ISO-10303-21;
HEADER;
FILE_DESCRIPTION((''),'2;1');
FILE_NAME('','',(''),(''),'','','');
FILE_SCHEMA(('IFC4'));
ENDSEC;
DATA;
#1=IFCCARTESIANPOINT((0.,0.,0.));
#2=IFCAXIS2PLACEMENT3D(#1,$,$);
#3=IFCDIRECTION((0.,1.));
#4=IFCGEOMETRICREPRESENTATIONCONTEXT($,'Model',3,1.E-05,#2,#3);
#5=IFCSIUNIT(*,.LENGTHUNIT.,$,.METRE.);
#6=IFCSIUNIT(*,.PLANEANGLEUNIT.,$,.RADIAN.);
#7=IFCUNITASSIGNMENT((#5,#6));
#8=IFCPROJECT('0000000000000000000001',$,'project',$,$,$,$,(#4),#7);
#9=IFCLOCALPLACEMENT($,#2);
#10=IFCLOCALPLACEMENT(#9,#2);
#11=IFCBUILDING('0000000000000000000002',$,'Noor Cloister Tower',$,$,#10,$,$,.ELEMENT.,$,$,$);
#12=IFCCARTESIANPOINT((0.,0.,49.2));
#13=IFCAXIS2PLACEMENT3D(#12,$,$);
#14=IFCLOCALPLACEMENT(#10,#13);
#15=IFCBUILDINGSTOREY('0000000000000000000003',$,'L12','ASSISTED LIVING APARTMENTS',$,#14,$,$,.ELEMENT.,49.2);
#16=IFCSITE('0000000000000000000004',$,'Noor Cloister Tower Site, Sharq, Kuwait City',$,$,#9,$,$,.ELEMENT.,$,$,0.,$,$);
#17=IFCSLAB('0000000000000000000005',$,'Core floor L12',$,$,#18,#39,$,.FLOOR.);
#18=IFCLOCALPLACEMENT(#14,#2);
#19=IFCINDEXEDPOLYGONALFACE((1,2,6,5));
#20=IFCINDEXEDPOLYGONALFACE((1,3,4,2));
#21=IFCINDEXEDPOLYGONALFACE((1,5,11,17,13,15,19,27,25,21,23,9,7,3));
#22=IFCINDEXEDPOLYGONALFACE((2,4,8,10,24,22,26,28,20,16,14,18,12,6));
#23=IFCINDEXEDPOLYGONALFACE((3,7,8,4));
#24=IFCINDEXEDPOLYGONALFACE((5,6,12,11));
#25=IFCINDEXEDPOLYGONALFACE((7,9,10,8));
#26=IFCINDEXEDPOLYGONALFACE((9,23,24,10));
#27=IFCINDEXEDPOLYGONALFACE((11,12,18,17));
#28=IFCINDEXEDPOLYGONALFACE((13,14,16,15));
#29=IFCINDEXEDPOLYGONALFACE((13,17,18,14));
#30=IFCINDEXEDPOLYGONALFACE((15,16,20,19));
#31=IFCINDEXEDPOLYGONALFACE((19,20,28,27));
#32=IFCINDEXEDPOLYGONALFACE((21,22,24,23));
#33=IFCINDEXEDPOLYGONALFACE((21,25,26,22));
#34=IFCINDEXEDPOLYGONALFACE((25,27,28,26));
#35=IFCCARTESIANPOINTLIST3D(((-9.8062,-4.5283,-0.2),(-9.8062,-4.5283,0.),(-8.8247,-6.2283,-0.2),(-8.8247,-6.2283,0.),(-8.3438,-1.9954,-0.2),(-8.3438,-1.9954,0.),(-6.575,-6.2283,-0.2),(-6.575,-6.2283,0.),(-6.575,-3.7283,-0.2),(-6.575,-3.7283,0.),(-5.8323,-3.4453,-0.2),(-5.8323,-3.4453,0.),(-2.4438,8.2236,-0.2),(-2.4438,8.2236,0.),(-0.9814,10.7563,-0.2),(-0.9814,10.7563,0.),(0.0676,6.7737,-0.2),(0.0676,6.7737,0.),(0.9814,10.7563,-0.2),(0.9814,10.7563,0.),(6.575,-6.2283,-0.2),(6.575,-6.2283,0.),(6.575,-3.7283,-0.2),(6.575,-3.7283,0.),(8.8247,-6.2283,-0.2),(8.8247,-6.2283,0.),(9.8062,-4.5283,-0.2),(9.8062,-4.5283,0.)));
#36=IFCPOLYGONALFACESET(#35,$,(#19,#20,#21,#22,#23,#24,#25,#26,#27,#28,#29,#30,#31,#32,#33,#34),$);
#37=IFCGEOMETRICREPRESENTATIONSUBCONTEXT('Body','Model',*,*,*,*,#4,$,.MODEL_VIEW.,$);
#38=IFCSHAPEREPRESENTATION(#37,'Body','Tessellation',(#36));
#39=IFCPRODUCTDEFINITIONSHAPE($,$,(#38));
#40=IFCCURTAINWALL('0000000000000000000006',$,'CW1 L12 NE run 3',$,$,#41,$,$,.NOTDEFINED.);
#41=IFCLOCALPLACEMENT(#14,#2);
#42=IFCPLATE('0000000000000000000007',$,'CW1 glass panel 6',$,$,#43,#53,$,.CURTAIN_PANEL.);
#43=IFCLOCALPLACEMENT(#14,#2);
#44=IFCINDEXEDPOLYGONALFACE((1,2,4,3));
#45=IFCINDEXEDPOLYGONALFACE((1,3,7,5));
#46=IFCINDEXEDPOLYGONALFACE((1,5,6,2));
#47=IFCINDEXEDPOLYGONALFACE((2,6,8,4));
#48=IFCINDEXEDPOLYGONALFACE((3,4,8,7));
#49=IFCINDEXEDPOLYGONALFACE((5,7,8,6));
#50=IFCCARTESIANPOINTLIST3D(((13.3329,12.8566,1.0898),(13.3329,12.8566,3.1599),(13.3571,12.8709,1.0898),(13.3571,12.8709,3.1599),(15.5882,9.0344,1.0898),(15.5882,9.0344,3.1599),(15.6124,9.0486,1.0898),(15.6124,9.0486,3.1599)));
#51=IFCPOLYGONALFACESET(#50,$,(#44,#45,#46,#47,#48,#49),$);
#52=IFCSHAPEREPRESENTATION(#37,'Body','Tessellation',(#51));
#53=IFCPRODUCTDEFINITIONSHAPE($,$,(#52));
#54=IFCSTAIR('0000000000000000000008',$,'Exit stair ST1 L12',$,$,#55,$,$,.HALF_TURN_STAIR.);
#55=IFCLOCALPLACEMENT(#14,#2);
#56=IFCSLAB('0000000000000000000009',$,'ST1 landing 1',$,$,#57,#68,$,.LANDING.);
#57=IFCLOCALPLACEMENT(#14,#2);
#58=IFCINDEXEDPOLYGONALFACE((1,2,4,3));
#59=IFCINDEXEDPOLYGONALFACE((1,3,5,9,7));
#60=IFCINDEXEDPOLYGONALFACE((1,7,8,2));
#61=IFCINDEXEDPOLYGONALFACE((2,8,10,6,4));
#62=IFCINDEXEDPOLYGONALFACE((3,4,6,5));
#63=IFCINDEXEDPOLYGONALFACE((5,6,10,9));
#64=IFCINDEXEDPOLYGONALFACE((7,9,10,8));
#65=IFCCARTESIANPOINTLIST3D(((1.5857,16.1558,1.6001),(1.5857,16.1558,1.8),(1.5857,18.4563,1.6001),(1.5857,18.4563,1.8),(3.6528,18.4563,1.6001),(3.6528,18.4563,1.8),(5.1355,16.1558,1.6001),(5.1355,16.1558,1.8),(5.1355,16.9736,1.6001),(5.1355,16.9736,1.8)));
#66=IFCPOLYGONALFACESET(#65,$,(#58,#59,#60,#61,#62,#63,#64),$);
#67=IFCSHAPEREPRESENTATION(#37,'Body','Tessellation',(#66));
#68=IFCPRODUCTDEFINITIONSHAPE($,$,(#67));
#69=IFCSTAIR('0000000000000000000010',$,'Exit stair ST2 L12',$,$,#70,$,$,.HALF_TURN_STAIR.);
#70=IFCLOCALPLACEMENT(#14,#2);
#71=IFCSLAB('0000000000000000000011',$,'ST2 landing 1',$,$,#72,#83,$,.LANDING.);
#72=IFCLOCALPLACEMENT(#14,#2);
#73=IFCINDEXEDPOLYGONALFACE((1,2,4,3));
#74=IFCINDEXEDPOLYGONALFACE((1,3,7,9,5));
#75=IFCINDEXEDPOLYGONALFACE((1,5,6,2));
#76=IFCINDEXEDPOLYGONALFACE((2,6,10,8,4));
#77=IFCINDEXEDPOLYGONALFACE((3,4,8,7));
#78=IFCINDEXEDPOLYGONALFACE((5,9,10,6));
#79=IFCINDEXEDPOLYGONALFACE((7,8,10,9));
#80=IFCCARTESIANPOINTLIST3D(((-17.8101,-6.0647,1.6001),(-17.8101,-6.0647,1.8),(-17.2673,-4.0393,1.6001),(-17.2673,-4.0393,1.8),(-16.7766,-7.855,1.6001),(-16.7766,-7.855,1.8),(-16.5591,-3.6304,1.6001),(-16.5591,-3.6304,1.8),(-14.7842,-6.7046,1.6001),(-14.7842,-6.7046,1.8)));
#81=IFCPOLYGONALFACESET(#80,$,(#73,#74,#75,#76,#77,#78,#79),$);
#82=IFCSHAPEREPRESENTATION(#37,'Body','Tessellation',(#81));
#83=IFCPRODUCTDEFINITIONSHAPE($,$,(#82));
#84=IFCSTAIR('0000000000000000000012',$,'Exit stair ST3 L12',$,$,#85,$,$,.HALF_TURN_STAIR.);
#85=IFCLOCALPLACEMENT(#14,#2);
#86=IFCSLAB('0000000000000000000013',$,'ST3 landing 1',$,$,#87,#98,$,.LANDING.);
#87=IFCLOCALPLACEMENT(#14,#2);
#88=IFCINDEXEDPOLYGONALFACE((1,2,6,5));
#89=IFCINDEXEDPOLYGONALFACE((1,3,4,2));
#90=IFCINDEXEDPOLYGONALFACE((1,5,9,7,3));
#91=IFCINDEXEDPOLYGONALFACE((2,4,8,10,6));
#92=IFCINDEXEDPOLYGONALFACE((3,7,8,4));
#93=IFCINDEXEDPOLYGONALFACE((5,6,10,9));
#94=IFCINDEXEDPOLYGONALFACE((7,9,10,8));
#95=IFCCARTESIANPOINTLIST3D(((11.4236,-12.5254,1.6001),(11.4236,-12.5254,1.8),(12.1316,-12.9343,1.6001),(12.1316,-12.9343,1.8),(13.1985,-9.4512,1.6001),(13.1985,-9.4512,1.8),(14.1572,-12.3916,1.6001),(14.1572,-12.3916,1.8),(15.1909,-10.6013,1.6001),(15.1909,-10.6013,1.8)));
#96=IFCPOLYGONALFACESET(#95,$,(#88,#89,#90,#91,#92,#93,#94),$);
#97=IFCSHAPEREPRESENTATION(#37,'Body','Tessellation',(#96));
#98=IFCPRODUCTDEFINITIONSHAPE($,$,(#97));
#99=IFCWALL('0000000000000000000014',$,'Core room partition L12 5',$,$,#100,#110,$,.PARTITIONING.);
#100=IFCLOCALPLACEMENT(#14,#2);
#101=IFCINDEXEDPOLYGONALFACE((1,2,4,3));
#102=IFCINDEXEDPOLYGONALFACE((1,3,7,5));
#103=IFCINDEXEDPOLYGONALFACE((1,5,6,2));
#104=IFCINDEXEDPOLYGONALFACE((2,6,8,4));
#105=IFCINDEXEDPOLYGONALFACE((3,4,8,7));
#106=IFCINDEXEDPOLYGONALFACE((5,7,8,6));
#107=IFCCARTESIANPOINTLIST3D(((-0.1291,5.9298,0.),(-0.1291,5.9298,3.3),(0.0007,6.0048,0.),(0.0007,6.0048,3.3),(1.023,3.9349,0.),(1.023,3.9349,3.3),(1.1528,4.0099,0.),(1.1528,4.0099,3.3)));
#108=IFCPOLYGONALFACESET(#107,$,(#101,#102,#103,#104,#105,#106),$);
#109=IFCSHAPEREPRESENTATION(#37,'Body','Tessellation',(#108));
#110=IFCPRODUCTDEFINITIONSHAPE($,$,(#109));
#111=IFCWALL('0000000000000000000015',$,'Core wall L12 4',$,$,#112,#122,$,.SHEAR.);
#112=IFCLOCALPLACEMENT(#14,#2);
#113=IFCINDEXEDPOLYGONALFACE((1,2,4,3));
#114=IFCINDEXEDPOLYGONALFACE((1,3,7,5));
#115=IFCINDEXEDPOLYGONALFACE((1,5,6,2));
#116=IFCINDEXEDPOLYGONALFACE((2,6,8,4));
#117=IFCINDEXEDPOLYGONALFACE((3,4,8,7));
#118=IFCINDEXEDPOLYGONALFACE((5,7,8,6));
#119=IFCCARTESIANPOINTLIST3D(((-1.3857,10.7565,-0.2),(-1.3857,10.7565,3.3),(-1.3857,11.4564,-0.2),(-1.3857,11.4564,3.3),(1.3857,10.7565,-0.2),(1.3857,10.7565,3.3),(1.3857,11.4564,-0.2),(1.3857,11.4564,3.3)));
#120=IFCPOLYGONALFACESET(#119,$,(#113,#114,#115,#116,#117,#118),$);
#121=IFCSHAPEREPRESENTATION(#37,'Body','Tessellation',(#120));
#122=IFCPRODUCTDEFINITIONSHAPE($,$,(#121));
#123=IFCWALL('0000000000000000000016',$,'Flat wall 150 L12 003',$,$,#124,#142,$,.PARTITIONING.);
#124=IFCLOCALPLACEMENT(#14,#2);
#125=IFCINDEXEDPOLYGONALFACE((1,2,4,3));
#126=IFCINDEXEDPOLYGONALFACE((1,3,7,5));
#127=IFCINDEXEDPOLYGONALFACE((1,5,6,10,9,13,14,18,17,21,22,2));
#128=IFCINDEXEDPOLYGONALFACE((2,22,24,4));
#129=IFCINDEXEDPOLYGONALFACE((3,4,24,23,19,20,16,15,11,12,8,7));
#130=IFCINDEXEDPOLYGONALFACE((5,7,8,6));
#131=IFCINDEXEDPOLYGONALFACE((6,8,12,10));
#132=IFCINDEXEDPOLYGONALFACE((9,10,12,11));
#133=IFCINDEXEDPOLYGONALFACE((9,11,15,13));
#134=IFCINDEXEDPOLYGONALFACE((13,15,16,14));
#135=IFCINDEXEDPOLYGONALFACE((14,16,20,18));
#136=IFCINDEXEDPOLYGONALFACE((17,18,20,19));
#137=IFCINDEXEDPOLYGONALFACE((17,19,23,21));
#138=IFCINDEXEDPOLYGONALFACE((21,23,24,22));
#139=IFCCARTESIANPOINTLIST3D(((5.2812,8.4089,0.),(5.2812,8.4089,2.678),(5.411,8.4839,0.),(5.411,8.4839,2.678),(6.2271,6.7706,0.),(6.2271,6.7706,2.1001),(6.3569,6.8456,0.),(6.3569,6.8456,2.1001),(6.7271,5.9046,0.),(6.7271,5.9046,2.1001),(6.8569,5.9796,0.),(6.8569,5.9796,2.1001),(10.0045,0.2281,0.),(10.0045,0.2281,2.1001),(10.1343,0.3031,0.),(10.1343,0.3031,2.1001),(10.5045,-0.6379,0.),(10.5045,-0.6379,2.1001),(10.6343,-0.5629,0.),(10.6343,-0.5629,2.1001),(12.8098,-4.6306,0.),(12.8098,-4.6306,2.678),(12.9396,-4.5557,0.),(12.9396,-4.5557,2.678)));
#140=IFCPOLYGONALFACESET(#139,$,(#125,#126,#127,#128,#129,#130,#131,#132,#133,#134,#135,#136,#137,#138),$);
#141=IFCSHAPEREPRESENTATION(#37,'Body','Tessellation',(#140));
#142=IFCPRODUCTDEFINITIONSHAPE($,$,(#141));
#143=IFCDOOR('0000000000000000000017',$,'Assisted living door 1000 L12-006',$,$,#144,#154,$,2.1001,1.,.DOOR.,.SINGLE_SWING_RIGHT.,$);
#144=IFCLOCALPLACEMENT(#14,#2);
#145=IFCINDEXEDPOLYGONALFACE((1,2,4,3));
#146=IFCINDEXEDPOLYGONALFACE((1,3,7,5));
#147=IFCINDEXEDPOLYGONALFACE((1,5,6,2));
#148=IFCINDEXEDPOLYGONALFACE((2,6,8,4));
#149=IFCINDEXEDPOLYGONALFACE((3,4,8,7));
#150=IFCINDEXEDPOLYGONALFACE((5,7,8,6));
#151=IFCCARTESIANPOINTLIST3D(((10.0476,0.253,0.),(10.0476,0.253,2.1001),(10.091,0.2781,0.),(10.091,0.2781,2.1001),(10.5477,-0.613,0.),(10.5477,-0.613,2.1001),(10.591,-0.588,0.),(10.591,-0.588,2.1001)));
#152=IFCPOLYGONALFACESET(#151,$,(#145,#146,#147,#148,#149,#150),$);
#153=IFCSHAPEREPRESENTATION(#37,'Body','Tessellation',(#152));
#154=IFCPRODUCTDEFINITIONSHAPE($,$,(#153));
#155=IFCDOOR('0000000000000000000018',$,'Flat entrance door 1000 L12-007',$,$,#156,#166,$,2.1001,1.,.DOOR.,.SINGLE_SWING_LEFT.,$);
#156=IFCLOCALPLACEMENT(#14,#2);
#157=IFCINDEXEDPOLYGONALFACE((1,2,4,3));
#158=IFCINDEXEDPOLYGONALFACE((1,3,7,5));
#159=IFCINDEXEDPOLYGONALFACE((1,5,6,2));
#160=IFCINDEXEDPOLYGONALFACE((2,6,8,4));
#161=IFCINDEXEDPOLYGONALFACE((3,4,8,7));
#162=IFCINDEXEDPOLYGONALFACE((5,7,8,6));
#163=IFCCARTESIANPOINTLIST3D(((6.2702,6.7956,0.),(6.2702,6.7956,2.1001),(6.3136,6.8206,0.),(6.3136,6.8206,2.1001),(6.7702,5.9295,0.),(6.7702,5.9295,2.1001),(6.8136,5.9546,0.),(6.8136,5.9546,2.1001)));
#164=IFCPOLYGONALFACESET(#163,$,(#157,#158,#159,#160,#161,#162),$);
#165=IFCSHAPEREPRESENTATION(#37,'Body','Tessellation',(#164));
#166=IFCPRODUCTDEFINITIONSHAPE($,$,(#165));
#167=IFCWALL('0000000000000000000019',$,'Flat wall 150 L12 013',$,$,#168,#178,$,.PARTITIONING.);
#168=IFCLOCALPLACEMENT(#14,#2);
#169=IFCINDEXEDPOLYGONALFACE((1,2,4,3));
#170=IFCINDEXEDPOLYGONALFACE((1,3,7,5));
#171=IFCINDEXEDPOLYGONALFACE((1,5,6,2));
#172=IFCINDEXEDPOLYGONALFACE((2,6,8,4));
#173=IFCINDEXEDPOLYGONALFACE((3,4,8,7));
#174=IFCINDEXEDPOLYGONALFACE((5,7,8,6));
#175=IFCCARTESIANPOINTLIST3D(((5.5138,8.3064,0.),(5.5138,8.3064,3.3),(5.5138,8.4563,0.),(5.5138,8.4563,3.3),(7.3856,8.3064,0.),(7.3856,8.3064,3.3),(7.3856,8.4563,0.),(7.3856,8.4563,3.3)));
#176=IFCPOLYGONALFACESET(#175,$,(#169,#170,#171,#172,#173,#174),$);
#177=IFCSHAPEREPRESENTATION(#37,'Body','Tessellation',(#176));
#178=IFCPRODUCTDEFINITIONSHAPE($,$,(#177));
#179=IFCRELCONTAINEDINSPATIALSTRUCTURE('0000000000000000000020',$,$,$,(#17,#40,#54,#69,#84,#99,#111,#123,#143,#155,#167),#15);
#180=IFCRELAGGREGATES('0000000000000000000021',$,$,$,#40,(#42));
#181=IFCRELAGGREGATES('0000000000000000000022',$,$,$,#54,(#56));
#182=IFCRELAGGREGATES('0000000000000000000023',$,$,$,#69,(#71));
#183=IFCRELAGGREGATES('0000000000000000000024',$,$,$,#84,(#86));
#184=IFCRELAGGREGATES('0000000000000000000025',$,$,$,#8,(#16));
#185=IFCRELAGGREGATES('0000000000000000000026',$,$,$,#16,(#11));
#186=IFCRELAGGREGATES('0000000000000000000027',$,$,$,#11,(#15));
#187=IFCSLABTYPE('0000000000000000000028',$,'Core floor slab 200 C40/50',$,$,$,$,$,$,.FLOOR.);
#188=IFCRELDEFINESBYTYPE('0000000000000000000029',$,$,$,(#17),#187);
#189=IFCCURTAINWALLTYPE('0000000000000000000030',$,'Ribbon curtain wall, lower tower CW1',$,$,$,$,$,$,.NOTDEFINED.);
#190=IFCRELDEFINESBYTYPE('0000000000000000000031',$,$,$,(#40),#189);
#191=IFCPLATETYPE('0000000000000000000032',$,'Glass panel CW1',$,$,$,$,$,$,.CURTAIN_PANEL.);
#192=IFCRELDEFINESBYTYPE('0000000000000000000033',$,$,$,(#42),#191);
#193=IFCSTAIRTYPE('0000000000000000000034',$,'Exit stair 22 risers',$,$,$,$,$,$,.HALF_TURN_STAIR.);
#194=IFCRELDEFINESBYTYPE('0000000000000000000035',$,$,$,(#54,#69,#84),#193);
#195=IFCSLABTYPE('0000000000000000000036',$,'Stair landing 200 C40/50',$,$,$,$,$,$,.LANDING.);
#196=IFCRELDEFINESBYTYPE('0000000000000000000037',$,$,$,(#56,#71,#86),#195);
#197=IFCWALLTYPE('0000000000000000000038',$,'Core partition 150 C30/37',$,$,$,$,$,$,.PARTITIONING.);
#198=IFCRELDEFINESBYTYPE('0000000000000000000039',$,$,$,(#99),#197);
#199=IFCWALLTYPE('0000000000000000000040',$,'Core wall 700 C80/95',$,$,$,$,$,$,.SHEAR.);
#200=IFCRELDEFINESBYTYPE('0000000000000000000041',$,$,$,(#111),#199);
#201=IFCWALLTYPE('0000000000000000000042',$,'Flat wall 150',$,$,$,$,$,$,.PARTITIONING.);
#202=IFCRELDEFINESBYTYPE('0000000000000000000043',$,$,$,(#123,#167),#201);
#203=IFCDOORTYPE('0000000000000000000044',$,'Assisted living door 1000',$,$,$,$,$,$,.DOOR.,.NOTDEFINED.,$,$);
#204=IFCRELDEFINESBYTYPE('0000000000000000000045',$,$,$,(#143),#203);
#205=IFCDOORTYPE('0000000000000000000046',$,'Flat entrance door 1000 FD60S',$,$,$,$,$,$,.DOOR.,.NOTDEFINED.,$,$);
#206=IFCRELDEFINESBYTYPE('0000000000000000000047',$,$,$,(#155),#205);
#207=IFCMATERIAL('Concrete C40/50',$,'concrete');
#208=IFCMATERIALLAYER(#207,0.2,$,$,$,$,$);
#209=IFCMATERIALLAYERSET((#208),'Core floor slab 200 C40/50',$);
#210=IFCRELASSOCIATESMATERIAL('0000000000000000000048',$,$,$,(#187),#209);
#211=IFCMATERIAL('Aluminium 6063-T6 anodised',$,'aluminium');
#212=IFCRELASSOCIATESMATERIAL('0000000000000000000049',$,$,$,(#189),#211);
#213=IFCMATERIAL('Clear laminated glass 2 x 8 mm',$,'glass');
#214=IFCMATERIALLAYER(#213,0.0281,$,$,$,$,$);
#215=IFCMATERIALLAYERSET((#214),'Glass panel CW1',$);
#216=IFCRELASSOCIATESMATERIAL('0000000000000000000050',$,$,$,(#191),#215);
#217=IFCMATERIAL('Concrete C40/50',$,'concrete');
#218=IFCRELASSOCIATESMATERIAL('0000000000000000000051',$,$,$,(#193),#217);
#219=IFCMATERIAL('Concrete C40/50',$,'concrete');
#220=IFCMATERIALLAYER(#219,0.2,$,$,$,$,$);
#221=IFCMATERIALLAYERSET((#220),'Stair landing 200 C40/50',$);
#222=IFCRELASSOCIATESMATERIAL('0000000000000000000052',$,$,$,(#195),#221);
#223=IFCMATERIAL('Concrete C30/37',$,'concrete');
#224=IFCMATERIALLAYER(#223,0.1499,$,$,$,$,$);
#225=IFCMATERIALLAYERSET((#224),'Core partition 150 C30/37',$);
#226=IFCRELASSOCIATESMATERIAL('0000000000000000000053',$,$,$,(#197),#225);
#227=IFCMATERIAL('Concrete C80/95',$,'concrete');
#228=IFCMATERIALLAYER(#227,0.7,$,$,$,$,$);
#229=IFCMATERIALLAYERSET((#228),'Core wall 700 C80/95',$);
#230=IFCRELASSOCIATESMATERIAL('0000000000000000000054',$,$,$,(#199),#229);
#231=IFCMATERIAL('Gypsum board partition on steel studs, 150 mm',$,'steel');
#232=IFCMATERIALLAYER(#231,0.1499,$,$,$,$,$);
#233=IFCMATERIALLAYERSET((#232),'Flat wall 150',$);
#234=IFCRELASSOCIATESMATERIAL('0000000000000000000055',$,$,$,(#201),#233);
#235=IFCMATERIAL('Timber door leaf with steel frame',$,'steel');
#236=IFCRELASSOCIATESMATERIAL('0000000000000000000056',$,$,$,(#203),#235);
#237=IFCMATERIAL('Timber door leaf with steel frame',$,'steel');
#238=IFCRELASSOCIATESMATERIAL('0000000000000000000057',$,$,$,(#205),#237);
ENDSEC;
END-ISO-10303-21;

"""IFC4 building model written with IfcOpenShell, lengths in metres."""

from ifc_helpers import new_model, si_unit, direction, frame, frame_2d, origin, origin_2d, place, context, subcontext, project, spatial, polyline, rectangle, outline, extrude, material, layer, layer_set, type_object, element, fill, aggregate, save


model = new_model("IFC4")

# Units and contexts
model_context = context("Model", 3, precision=1e-05, world=origin(), true_north=direction((0.0, 1.0)))
body_context = subcontext(model_context, "Body", "Model", "MODEL_VIEW")
ifc_project = project(units=[si_unit("LENGTHUNIT", "METRE"), si_unit("PLANEANGLEUNIT", "RADIAN")], contexts=[model_context])

# Site, building, storey
site_placement = place(None, origin())
site = spatial("IfcSite", under=ifc_project, at=site_placement, Name="Noor Cloister Tower Site, Sharq, Kuwait City", CompositionType="ELEMENT", RefElevation=0.0)
building_placement = place(site_placement, origin())
building = spatial("IfcBuilding", under=site, at=building_placement, Name="Noor Cloister Tower", CompositionType="ELEMENT")
storey_placement = place(building_placement, frame((0.0, 0.0, 49.2)))
storey = spatial("IfcBuildingStorey", under=building, at=storey_placement, Name="L12", Description="ASSISTED LIVING APARTMENTS", CompositionType="ELEMENT", Elevation=49.2)

# Slab
ifc_material_1 = material(Name="Concrete C40/50", Category="concrete")
ifc_layer_1 = layer(ifc_material_1, 0.2)
ifc_layer_set_1 = layer_set([ifc_layer_1], Name="Core floor slab 200 C40/50")
slab_type_1 = type_object("IfcSlabType", Name="Core floor slab 200 C40/50", PredefinedType="FLOOR", material=ifc_layer_set_1)
slab_1_placement = place(storey_placement, frame((0.0, 0.0, -0.2)))
element("IfcSlab", 1, at=slab_1_placement, inside=storey, type_object=slab_type_1, Name="Core floor L12", PredefinedType="FLOOR", context=body_context, shape_type="SweptSolid", body=[
    extrude(outline(polyline([(-6.575, -6.2283), (-6.575, -3.7283), (6.575, -3.7283), (6.575, -6.2283), (8.8247, -6.2283), (9.8062, -4.5283), (0.9814, 10.7563), (-0.9814, 10.7563), (-2.4438, 8.2236), (0.0676, 6.7737), (-5.8323, -3.4453), (-8.3438, -1.9954), (-9.8062, -4.5283), (-8.8247, -6.2283), (-6.575, -6.2283)])), origin(), (0.0, 0.0, 1.0), 0.2),
])

# Curtain wall, plate
ifc_material_2 = material(Name="Aluminium 6063-T6 anodised", Category="aluminium")
curtain_wall_type = type_object("IfcCurtainWallType", Name="Ribbon curtain wall, lower tower CW1", PredefinedType="NOTDEFINED", material=ifc_material_2)
curtain_wall_placement = place(storey_placement, origin())
curtain_wall = element("IfcCurtainWall", 2, at=curtain_wall_placement, inside=storey, type_object=curtain_wall_type, Name="CW1 L12 NE run 3", PredefinedType="NOTDEFINED")
ifc_material_3 = material(Name="Clear laminated glass 2 x 8 mm", Category="glass")
ifc_layer_2 = layer(ifc_material_3, 0.0281)
ifc_layer_set_2 = layer_set([ifc_layer_2], Name="Glass panel CW1")
plate_type = type_object("IfcPlateType", Name="Glass panel CW1", PredefinedType="CURTAIN_PANEL", material=ifc_layer_set_2)
plate_placement = place(storey_placement, frame((14.4727, 10.9526, 1.0898), z_axis=(0.0, 0.0, 1.0), x_axis=(-0.508168, 0.861258, 0.0)))
plate = element("IfcPlate", 3, at=plate_placement, type_object=plate_type, Name="CW1 glass panel 6", PredefinedType="CURTAIN_PANEL", context=body_context, shape_type="SweptSolid", body=[
    extrude(rectangle(XDim=4.438, YDim=0.0281, at=origin_2d()), origin(), (0.0, 0.0, 1.0), 2.0701),
])
aggregate(curtain_wall, [plate])

# Stairs, slabs
ifc_material_4 = material(Name="Concrete C40/50", Category="concrete")
stair_type = type_object("IfcStairType", Name="Exit stair 22 risers", PredefinedType="HALF_TURN_STAIR", material=ifc_material_4)
stair_1_placement = place(storey_placement, origin())
stair_1 = element("IfcStair", 4, at=stair_1_placement, inside=storey, type_object=stair_type, Name="Exit stair ST1 L12", PredefinedType="HALF_TURN_STAIR")
ifc_material_5 = material(Name="Concrete C40/50", Category="concrete")
ifc_layer_3 = layer(ifc_material_5, 0.2)
ifc_layer_set_3 = layer_set([ifc_layer_3], Name="Stair landing 200 C40/50")
slab_type_2 = type_object("IfcSlabType", Name="Stair landing 200 C40/50", PredefinedType="LANDING", material=ifc_layer_set_3)
slab_2_placement = place(storey_placement, frame((0.0, 0.0, 1.6001)))
slab_2 = element("IfcSlab", 5, at=slab_2_placement, type_object=slab_type_2, Name="ST1 landing 1", PredefinedType="LANDING", context=body_context, shape_type="SweptSolid", body=[
    extrude(outline(polyline([(5.1355, 16.1558), (5.1355, 16.9736), (3.6528, 18.4563), (1.5857, 18.4563), (1.5857, 16.1558), (5.1355, 16.1558)])), origin(), (0.0, 0.0, 1.0), 0.2),
])
aggregate(stair_1, [slab_2])
stair_2_placement = place(storey_placement, origin())
stair_2 = element("IfcStair", 6, at=stair_2_placement, inside=storey, type_object=stair_type, Name="Exit stair ST2 L12", PredefinedType="HALF_TURN_STAIR")
slab_3_placement = place(storey_placement, frame((0.0, 0.0, 1.6001)))
slab_3 = element("IfcSlab", 7, at=slab_3_placement, type_object=slab_type_2, Name="ST2 landing 1", PredefinedType="LANDING", context=body_context, shape_type="SweptSolid", body=[
    extrude(outline(polyline([(-16.5591, -3.6304), (-17.2673, -4.0393), (-17.8101, -6.0647), (-16.7766, -7.855), (-14.7842, -6.7046), (-16.5591, -3.6304)])), origin(), (0.0, 0.0, 1.0), 0.2),
])
aggregate(stair_2, [slab_3])
stair_3_placement = place(storey_placement, origin())
stair_3 = element("IfcStair", 8, at=stair_3_placement, inside=storey, type_object=stair_type, Name="Exit stair ST3 L12", PredefinedType="HALF_TURN_STAIR")
slab_4_placement = place(storey_placement, frame((0.0, 0.0, 1.6001)))
slab_4 = element("IfcSlab", 9, at=slab_4_placement, type_object=slab_type_2, Name="ST3 landing 1", PredefinedType="LANDING", context=body_context, shape_type="SweptSolid", body=[
    extrude(outline(polyline([(11.4236, -12.5254), (12.1316, -12.9343), (14.1572, -12.3916), (15.1909, -10.6013), (13.1985, -9.4512), (11.4236, -12.5254)])), origin(), (0.0, 0.0, 1.0), 0.2),
])
aggregate(stair_3, [slab_4])

# Walls
ifc_material_6 = material(Name="Concrete C30/37", Category="concrete")
ifc_layer_4 = layer(ifc_material_6, 0.1499)
ifc_layer_set_4 = layer_set([ifc_layer_4], Name="Core partition 150 C30/37")
wall_type_1 = type_object("IfcWallType", Name="Core partition 150 C30/37", PredefinedType="PARTITIONING", material=ifc_layer_set_4)
wall_1_placement = place(storey_placement, frame((1.0879, 3.9724, 0.0), z_axis=(0.0, 0.0, 1.0), x_axis=(-0.500117, 0.865958, 0.0)))
element("IfcWall", 10, at=wall_1_placement, inside=storey, type_object=wall_type_1, Name="Core room partition L12 5", PredefinedType="PARTITIONING", context=body_context, shape_type="SweptSolid", body=[
    extrude(rectangle(XDim=2.3037, YDim=0.1499, at=frame_2d((1.1519, 0.0))), origin(), (0.0, 0.0, 1.0), 3.3),
])
ifc_material_7 = material(Name="Concrete C80/95", Category="concrete")
ifc_layer_5 = layer(ifc_material_7, 0.7)
ifc_layer_set_5 = layer_set([ifc_layer_5], Name="Core wall 700 C80/95")
wall_type_2 = type_object("IfcWallType", Name="Core wall 700 C80/95", PredefinedType="SHEAR", material=ifc_layer_set_5)
wall_2_placement = place(storey_placement, frame((1.3857, 11.1064, -0.2), z_axis=(0.0, 0.0, 1.0), x_axis=(-1.0, 0.0, 0.0)))
element("IfcWall", 11, at=wall_2_placement, inside=storey, type_object=wall_type_2, Name="Core wall L12 4", PredefinedType="SHEAR", context=body_context, shape_type="SweptSolid", body=[
    extrude(rectangle(XDim=2.7715, YDim=0.7, at=frame_2d((1.3857, 0.0))), origin(), (0.0, 0.0, 1.0), 3.5),
])

# Wall, openings, doors
ifc_material_8 = material(Name="Gypsum board partition on steel studs, 150 mm", Category="steel")
ifc_layer_6 = layer(ifc_material_8, 0.1499)
ifc_layer_set_6 = layer_set([ifc_layer_6], Name="Flat wall 150")
wall_type_3 = type_object("IfcWallType", Name="Flat wall 150", PredefinedType="PARTITIONING", material=ifc_layer_set_6)
wall_3_placement = place(storey_placement, frame((5.3462, 8.4463, 0.0), z_axis=(0.0, 0.0, 1.0), x_axis=(0.500009, -0.86602, 0.0)))
wall_3 = element("IfcWall", 12, at=wall_3_placement, inside=storey, type_object=wall_type_3, Name="Flat wall 150 L12 003", PredefinedType="PARTITIONING", context=body_context, shape_type="SweptSolid", body=[
    extrude(rectangle(XDim=15.0569, YDim=0.1499, at=frame_2d((7.5283, 0.0))), origin(), (0.0, 0.0, 1.0), 2.678),
])
opening_1_placement = place(wall_3_placement, frame((9.4463, 0.0, 0.0)))
opening_1 = element("IfcOpeningElement", 13, at=opening_1_placement, cuts=wall_3, PredefinedType="OPENING", context=body_context, shape_type="SweptSolid", body=[
    extrude(rectangle(XDim=1.0, YDim=2.1001, at=frame_2d((0.5, 1.05))), frame((0.0, 0.085, 0.0), z_axis=(0.0, -1.0, 0.0), x_axis=(1.0, 0.0, 0.0)), (0.0, 0.0, 1.0), 0.1699),
])
opening_2_placement = place(wall_3_placement, frame((1.8916, 0.0, 0.0)))
opening_2 = element("IfcOpeningElement", 14, at=opening_2_placement, cuts=wall_3, PredefinedType="OPENING", context=body_context, shape_type="SweptSolid", body=[
    extrude(rectangle(XDim=1.0, YDim=2.1001, at=frame_2d((0.5, 1.05))), frame((0.0, 0.085, 0.0), z_axis=(0.0, -1.0, 0.0), x_axis=(1.0, 0.0, 0.0)), (0.0, 0.0, 1.0), 0.1699),
])
ifc_material_9 = material(Name="Timber door leaf with steel frame", Category="steel")
door_type_1 = type_object("IfcDoorType", Name="Assisted living door 1000", OperationType="NOTDEFINED", PredefinedType="DOOR", material=ifc_material_9)
door_1_placement = place(opening_1_placement, origin())
door_1 = element("IfcDoor", 15, at=door_1_placement, inside=storey, type_object=door_type_1, Name="Assisted living door 1000 L12-006", OperationType="SINGLE_SWING_RIGHT", OverallHeight=2.1001, OverallWidth=1.0, PredefinedType="DOOR", context=body_context, shape_type="SweptSolid", body=[
    extrude(rectangle(XDim=1.0, YDim=2.1001, at=frame_2d((0.5, 1.05))), frame((0.0, 0.0249, 0.0), z_axis=(0.0, -1.0, 0.0), x_axis=(1.0, 0.0, 0.0)), (0.0, 0.0, 1.0), 0.05),
])
fill(opening_1, door_1)
ifc_material_10 = material(Name="Timber door leaf with steel frame", Category="steel")
door_type_2 = type_object("IfcDoorType", Name="Flat entrance door 1000 FD60S", OperationType="NOTDEFINED", PredefinedType="DOOR", material=ifc_material_10)
door_2_placement = place(opening_2_placement, origin())
door_2 = element("IfcDoor", 16, at=door_2_placement, inside=storey, type_object=door_type_2, Name="Flat entrance door 1000 L12-007", OperationType="SINGLE_SWING_LEFT", OverallHeight=2.1001, OverallWidth=1.0, PredefinedType="DOOR", context=body_context, shape_type="SweptSolid", body=[
    extrude(rectangle(XDim=1.0, YDim=2.1001, at=frame_2d((0.5, 1.05))), frame((0.0, 0.0249, 0.0), z_axis=(0.0, -1.0, 0.0), x_axis=(1.0, 0.0, 0.0)), (0.0, 0.0, 1.0), 0.05),
])
fill(opening_2, door_2)

# Wall
wall_4_placement = place(storey_placement, frame((5.5137, 8.3813, 0.0), z_axis=(0.0, 0.0, 1.0), x_axis=(1.0, 0.0, 0.0)))
element("IfcWall", 17, at=wall_4_placement, inside=storey, type_object=wall_type_3, Name="Flat wall 150 L12 013", PredefinedType="PARTITIONING", context=body_context, shape_type="SweptSolid", body=[
    extrude(rectangle(XDim=1.8718, YDim=0.1499, at=frame_2d((0.936, 0.0))), origin(), (0.0, 0.0, 1.0), 3.3),
])

save(model, "model.ifc")
